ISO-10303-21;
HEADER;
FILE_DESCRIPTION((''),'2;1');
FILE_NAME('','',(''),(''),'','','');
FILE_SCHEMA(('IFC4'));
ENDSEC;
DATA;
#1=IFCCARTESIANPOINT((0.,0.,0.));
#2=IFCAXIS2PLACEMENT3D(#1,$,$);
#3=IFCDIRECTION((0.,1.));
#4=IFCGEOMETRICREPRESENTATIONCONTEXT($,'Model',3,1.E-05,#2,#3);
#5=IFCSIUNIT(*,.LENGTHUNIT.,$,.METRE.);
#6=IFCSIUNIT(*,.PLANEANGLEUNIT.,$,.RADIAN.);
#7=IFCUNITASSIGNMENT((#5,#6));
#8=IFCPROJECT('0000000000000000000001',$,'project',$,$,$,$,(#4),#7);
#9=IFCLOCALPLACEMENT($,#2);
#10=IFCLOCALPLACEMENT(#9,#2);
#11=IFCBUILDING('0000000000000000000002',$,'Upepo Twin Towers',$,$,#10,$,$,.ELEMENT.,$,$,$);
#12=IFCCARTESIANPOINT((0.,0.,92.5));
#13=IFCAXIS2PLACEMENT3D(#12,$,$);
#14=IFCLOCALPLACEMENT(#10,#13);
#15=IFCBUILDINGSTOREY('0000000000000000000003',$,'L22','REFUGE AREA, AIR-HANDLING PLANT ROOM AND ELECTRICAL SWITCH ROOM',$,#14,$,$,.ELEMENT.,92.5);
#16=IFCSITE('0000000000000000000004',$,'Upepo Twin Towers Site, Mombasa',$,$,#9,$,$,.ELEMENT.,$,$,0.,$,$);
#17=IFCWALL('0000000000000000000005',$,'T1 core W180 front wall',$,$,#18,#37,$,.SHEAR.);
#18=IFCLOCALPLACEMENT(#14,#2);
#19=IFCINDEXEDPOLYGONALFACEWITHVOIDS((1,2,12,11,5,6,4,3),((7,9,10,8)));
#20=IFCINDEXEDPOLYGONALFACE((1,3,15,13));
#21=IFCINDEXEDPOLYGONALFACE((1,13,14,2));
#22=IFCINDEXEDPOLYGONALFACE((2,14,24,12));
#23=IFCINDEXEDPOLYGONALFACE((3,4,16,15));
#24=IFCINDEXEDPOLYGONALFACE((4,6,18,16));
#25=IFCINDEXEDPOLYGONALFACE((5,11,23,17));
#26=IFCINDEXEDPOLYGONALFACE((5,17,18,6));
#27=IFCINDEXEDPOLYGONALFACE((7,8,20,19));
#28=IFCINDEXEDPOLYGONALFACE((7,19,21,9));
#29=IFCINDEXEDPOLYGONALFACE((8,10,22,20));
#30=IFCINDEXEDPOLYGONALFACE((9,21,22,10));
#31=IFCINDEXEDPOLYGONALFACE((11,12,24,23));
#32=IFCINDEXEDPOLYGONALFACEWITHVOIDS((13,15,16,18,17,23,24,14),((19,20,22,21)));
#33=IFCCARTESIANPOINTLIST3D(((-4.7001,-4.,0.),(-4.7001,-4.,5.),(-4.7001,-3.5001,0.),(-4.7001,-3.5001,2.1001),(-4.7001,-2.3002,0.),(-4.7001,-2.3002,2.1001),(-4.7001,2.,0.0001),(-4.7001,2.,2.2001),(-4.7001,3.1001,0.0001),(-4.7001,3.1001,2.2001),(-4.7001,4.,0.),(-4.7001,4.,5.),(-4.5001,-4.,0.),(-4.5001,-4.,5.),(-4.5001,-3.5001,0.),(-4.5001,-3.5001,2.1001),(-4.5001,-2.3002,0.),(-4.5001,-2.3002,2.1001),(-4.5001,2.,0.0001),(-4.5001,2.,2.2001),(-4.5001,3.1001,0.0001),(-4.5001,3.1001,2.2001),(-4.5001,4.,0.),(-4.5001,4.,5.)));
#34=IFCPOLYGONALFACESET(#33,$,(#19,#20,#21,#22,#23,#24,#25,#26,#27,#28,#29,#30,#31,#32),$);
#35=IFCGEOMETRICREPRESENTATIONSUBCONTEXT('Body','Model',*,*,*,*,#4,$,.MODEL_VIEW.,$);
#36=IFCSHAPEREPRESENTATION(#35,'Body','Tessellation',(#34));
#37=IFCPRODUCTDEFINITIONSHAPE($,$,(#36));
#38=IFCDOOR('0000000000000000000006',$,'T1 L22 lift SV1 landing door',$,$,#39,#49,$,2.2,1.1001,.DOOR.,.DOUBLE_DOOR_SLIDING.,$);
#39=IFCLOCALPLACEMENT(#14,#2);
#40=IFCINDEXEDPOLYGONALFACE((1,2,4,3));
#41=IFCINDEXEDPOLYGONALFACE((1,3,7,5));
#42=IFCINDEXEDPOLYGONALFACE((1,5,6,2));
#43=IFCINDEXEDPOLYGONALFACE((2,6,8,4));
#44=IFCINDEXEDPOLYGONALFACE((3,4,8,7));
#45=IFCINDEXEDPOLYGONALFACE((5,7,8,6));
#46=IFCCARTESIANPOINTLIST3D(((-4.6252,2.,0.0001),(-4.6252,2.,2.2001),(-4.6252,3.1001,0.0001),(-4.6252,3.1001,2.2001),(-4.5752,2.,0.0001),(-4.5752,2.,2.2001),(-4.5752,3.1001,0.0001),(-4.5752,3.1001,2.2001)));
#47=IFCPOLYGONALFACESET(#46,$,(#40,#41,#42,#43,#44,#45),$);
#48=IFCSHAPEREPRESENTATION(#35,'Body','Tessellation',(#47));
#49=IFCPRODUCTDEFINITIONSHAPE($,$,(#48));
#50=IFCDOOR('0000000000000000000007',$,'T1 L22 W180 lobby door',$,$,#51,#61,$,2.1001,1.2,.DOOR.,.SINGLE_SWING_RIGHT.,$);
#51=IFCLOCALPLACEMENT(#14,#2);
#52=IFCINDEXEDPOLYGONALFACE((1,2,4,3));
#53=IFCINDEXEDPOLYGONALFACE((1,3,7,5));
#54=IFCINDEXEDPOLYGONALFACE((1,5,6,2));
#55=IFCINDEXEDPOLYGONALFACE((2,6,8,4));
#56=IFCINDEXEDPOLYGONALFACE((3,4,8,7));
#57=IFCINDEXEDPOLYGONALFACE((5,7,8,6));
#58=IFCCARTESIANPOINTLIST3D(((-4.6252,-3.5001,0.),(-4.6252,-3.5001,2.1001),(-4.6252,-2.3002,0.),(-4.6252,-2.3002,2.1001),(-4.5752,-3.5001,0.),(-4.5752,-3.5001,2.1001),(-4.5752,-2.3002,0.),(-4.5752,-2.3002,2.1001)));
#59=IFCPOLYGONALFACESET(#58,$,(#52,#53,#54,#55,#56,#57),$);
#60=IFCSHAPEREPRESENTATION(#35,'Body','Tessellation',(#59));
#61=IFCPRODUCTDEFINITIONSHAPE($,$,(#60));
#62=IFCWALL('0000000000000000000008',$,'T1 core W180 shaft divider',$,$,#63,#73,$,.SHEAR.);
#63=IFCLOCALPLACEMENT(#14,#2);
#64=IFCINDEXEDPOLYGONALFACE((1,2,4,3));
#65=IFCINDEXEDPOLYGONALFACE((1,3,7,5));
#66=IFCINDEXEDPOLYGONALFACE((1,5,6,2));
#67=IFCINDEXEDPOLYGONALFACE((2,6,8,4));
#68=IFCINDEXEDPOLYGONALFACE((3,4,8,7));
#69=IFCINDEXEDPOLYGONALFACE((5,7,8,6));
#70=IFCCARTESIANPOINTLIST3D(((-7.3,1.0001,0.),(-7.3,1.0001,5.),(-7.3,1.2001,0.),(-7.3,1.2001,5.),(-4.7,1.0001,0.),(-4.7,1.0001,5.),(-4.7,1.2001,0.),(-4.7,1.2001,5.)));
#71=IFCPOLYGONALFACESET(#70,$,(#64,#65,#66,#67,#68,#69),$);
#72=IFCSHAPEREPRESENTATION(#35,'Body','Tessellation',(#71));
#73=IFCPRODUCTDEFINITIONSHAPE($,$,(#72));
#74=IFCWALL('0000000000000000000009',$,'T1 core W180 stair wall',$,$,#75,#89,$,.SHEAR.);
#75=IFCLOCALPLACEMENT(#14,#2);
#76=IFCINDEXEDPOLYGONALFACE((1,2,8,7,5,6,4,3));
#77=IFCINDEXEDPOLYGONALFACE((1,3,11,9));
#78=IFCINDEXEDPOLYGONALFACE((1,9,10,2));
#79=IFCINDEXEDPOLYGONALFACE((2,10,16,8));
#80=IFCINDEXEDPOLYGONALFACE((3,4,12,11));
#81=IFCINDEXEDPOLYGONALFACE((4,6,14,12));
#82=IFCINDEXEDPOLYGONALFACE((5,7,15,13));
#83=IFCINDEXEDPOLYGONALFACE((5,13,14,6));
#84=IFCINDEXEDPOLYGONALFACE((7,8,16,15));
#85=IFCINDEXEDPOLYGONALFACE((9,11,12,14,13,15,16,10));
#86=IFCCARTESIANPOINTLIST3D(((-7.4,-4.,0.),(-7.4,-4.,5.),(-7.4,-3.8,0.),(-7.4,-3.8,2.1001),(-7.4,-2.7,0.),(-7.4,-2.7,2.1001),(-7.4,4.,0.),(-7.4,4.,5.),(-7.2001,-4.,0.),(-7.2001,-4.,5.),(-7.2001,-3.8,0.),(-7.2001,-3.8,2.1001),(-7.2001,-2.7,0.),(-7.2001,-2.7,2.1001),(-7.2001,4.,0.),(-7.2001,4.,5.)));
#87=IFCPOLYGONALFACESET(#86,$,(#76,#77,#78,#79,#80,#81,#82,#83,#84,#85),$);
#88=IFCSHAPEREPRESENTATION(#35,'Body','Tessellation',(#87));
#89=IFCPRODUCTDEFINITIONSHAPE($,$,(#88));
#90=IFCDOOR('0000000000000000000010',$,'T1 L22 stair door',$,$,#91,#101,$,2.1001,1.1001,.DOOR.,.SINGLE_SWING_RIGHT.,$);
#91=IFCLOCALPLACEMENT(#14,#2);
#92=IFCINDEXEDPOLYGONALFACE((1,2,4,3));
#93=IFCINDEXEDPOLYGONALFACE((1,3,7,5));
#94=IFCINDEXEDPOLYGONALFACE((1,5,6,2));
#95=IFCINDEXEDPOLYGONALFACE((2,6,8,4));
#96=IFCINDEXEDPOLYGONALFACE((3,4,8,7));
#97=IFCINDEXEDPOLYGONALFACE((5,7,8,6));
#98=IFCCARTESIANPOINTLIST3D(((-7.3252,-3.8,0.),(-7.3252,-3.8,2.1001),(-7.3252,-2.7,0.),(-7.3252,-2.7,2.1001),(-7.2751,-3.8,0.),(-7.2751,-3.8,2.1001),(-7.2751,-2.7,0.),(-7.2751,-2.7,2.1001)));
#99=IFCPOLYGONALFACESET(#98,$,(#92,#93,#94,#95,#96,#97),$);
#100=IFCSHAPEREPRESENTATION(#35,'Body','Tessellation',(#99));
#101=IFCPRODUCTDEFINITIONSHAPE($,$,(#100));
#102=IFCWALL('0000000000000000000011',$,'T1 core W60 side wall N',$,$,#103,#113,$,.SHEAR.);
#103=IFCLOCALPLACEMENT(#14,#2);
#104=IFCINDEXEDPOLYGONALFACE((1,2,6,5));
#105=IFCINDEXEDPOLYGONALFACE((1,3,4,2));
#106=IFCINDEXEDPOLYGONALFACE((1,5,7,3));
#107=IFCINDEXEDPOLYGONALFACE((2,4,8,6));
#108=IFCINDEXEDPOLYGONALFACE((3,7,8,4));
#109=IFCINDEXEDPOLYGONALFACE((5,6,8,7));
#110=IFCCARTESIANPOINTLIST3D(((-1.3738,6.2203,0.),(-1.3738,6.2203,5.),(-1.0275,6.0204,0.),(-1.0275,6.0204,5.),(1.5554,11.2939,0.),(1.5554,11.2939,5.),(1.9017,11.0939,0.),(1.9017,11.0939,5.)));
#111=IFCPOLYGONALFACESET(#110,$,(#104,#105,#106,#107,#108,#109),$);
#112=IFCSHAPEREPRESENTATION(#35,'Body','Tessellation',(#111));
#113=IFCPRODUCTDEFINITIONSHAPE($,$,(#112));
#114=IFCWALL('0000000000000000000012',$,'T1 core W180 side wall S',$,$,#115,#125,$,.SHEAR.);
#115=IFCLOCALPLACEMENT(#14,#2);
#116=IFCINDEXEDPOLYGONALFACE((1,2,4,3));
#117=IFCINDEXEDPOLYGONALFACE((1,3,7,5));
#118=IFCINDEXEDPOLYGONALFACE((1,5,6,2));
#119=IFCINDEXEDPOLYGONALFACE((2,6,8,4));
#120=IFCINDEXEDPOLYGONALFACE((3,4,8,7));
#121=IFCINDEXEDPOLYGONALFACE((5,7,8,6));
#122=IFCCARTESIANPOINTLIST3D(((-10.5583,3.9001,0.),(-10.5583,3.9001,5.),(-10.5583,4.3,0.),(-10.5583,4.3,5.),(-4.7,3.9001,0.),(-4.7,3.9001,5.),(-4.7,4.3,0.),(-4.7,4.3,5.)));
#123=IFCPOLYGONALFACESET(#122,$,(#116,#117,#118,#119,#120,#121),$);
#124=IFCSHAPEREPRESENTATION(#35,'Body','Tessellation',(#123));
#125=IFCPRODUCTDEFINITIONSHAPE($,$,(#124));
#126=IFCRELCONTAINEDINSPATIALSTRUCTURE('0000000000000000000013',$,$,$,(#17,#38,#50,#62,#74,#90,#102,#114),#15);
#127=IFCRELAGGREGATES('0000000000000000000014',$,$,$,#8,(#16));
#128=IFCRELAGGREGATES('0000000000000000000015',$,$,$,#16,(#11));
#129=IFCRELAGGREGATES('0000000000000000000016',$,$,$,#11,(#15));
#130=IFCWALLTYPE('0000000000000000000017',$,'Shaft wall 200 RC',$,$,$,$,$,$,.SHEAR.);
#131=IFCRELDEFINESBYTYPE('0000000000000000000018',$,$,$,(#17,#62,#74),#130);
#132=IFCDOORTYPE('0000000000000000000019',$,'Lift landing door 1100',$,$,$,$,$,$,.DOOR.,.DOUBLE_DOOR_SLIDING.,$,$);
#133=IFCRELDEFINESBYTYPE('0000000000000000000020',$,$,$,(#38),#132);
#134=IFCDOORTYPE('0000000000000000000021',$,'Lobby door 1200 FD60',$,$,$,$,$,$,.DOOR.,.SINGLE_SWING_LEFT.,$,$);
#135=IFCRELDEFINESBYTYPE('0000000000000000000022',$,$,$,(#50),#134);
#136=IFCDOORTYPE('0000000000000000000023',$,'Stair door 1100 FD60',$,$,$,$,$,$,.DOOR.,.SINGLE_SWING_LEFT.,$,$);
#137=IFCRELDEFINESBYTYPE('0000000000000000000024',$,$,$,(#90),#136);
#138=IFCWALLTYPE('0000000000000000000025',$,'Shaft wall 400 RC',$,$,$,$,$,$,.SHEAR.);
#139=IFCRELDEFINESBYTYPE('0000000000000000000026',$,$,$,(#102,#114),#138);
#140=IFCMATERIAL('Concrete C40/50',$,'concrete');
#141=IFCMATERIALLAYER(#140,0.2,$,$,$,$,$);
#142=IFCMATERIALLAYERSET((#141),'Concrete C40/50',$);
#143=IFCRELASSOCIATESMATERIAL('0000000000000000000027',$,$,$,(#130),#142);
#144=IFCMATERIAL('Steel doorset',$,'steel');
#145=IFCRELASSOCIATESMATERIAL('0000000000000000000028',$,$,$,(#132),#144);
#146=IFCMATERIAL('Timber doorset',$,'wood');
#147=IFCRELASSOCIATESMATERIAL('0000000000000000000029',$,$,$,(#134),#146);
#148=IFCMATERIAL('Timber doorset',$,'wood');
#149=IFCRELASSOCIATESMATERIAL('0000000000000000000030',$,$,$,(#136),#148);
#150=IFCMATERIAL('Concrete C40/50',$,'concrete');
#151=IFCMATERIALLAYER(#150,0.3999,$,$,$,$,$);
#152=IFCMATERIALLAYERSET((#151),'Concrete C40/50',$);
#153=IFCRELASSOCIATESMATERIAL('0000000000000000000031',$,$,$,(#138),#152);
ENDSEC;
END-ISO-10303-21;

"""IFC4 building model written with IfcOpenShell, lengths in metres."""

from ifc_helpers import new_model, si_unit, direction, frame, frame_2d, origin, place, context, subcontext, project, spatial, rectangle, extrude, material, layer, layer_set, type_object, element, fill, save


model = new_model("IFC4")

# Units and contexts
model_context = context("Model", 3, precision=1e-05, world=origin(), true_north=direction((0.0, 1.0)))
body_context = subcontext(model_context, "Body", "Model", "MODEL_VIEW")
ifc_project = project(units=[si_unit("LENGTHUNIT", "METRE"), si_unit("PLANEANGLEUNIT", "RADIAN")], contexts=[model_context])

# Site, building, storey
site_placement = place(None, origin())
site = spatial("IfcSite", under=ifc_project, at=site_placement, Name="Upepo Twin Towers Site, Mombasa", CompositionType="ELEMENT", RefElevation=0.0)
building_placement = place(site_placement, origin())
building = spatial("IfcBuilding", under=site, at=building_placement, Name="Upepo Twin Towers", CompositionType="ELEMENT")
storey_placement = place(building_placement, frame((0.0, 0.0, 92.5)))
storey = spatial("IfcBuildingStorey", under=building, at=storey_placement, Name="L22", Description="REFUGE AREA, AIR-HANDLING PLANT ROOM AND ELECTRICAL SWITCH ROOM", CompositionType="ELEMENT", Elevation=92.5)

# Wall, openings, doors
ifc_material_1 = material(Name="Concrete C40/50", Category="concrete")
ifc_layer_1 = layer(ifc_material_1, 0.2)
ifc_layer_set_1 = layer_set([ifc_layer_1], Name="Concrete C40/50")
wall_type_1 = type_object("IfcWallType", Name="Shaft wall 200 RC", PredefinedType="SHEAR", material=ifc_layer_set_1)
wall_1_placement = place(storey_placement, frame((-4.6001, 4.0, 0.0), z_axis=(0.0, 0.0, 1.0), x_axis=(0.0, -1.0, 0.0)))
wall_1 = element("IfcWall", 1, at=wall_1_placement, inside=storey, type_object=wall_type_1, Name="T1 core W180 front wall", PredefinedType="SHEAR", context=body_context, shape_type="SweptSolid", body=[
    extrude(rectangle(XDim=8.0, YDim=0.2, at=frame_2d((4.0, 0.0))), origin(), (0.0, 0.0, 1.0), 5.0),
])
opening_1_placement = place(wall_1_placement, frame((6.3, 0.0, 0.0)))
opening_1 = element("IfcOpeningElement", 2, at=opening_1_placement, cuts=wall_1, PredefinedType="OPENING", context=body_context, shape_type="SweptSolid", body=[
    extrude(rectangle(XDim=1.2, YDim=2.1001, at=frame_2d((0.6001, 1.05))), frame((0.0, 0.1099, 0.0), z_axis=(0.0, -1.0, 0.0), x_axis=(1.0, 0.0, 0.0)), (0.0, 0.0, 1.0), 0.22),
])
opening_2_placement = place(wall_1_placement, frame((0.8999, 0.0, 0.0)))
opening_2 = element("IfcOpeningElement", 3, at=opening_2_placement, cuts=wall_1, PredefinedType="OPENING", context=body_context, shape_type="SweptSolid", body=[
    extrude(rectangle(XDim=1.1001, YDim=2.2, at=frame_2d((0.55, 1.1001))), frame((0.0, 0.1099, 0.0), z_axis=(0.0, -1.0, 0.0), x_axis=(1.0, 0.0, 0.0)), (0.0, 0.0, 1.0), 0.22),
])
ifc_material_2 = material(Name="Steel doorset", Category="steel")
door_type_1 = type_object("IfcDoorType", Name="Lift landing door 1100", OperationType="DOUBLE_DOOR_SLIDING", PredefinedType="DOOR", material=ifc_material_2)
door_1_placement = place(opening_2_placement, origin())
door_1 = element("IfcDoor", 4, at=door_1_placement, inside=storey, type_object=door_type_1, Name="T1 L22 lift SV1 landing door", OperationType="DOUBLE_DOOR_SLIDING", OverallHeight=2.2, OverallWidth=1.1001, PredefinedType="DOOR", context=body_context, shape_type="SweptSolid", body=[
    extrude(rectangle(XDim=1.1001, YDim=2.2, at=frame_2d((0.55, 1.1001))), frame((0.0, 0.0249, 0.0), z_axis=(0.0, -1.0, 0.0), x_axis=(1.0, 0.0, 0.0)), (0.0, 0.0, 1.0), 0.05),
])
fill(opening_2, door_1)
ifc_material_3 = material(Name="Timber doorset", Category="wood")
door_type_2 = type_object("IfcDoorType", Name="Lobby door 1200 FD60", OperationType="SINGLE_SWING_LEFT", PredefinedType="DOOR", material=ifc_material_3)
door_2_placement = place(opening_1_placement, origin())
door_2 = element("IfcDoor", 5, at=door_2_placement, inside=storey, type_object=door_type_2, Name="T1 L22 W180 lobby door", OperationType="SINGLE_SWING_RIGHT", OverallHeight=2.1001, OverallWidth=1.2, PredefinedType="DOOR", context=body_context, shape_type="SweptSolid", body=[
    extrude(rectangle(XDim=1.2, YDim=2.1001, at=frame_2d((0.6001, 1.05))), frame((0.0, 0.0249, 0.0), z_axis=(0.0, -1.0, 0.0), x_axis=(1.0, 0.0, 0.0)), (0.0, 0.0, 1.0), 0.05),
])
fill(opening_1, door_2)

# Wall
wall_2_placement = place(storey_placement, frame((-4.7, 1.1001, 0.0), z_axis=(0.0, 0.0, 1.0), x_axis=(-1.0, 0.0, 0.0)))
element("IfcWall", 6, at=wall_2_placement, inside=storey, type_object=wall_type_1, Name="T1 core W180 shaft divider", PredefinedType="SHEAR", context=body_context, shape_type="SweptSolid", body=[
    extrude(rectangle(XDim=2.6001, YDim=0.2, at=frame_2d((1.3, 0.0))), origin(), (0.0, 0.0, 1.0), 5.0),
])

# Wall, opening, door
wall_3_placement = place(storey_placement, frame((-7.3, 4.0, 0.0), z_axis=(0.0, 0.0, 1.0), x_axis=(0.0, -1.0, 0.0)))
wall_3 = element("IfcWall", 7, at=wall_3_placement, inside=storey, type_object=wall_type_1, Name="T1 core W180 stair wall", PredefinedType="SHEAR", context=body_context, shape_type="SweptSolid", body=[
    extrude(rectangle(XDim=8.0, YDim=0.2, at=frame_2d((4.0, 0.0))), origin(), (0.0, 0.0, 1.0), 5.0),
])
opening_3_placement = place(wall_3_placement, frame((6.7, 0.0, 0.0)))
opening_3 = element("IfcOpeningElement", 8, at=opening_3_placement, cuts=wall_3, PredefinedType="OPENING", context=body_context, shape_type="SweptSolid", body=[
    extrude(rectangle(XDim=1.1001, YDim=2.1001, at=frame_2d((0.55, 1.05))), frame((0.0, 0.1099, 0.0), z_axis=(0.0, -1.0, 0.0), x_axis=(1.0, 0.0, 0.0)), (0.0, 0.0, 1.0), 0.22),
])
ifc_material_4 = material(Name="Timber doorset", Category="wood")
door_type_3 = type_object("IfcDoorType", Name="Stair door 1100 FD60", OperationType="SINGLE_SWING_LEFT", PredefinedType="DOOR", material=ifc_material_4)
door_3_placement = place(opening_3_placement, origin())
door_3 = element("IfcDoor", 9, at=door_3_placement, inside=storey, type_object=door_type_3, Name="T1 L22 stair door", OperationType="SINGLE_SWING_RIGHT", OverallHeight=2.1001, OverallWidth=1.1001, PredefinedType="DOOR", context=body_context, shape_type="SweptSolid", body=[
    extrude(rectangle(XDim=1.1001, YDim=2.1001, at=frame_2d((0.55, 1.05))), frame((0.0, 0.0249, 0.0), z_axis=(0.0, -1.0, 0.0), x_axis=(1.0, 0.0, 0.0)), (0.0, 0.0, 1.0), 0.05),
])
fill(opening_3, door_3)

# Walls
ifc_material_5 = material(Name="Concrete C40/50", Category="concrete")
ifc_layer_2 = layer(ifc_material_5, 0.3999)
ifc_layer_set_2 = layer_set([ifc_layer_2], Name="Concrete C40/50")
wall_type_2 = type_object("IfcWallType", Name="Shaft wall 400 RC", PredefinedType="SHEAR", material=ifc_layer_set_2)
for number, where, z_axis, x_axis, name in (
    (10, (-1.2007, 6.1204, 0.0), (0.0, 0.0, 1.0), (0.500003, 0.866024, 0.0), "T1 core W60 side wall N"),
    (11, (-4.7, 4.1001, 0.0), (0.0, 0.0, 1.0), (-1.0, 0.0, 0.0), "T1 core W180 side wall S"),
):
    element("IfcWall", number, at=place(storey_placement, frame(where, z_axis=z_axis, x_axis=x_axis)), inside=storey, type_object=wall_type_2, Name=name, PredefinedType="SHEAR", context=body_context, shape_type="SweptSolid", body=[
        extrude(rectangle(XDim=5.8584, YDim=0.3999, at=frame_2d((2.9292, 0.0))), origin(), (0.0, 0.0, 1.0), 5.0),
    ])

save(model, "model.ifc")
